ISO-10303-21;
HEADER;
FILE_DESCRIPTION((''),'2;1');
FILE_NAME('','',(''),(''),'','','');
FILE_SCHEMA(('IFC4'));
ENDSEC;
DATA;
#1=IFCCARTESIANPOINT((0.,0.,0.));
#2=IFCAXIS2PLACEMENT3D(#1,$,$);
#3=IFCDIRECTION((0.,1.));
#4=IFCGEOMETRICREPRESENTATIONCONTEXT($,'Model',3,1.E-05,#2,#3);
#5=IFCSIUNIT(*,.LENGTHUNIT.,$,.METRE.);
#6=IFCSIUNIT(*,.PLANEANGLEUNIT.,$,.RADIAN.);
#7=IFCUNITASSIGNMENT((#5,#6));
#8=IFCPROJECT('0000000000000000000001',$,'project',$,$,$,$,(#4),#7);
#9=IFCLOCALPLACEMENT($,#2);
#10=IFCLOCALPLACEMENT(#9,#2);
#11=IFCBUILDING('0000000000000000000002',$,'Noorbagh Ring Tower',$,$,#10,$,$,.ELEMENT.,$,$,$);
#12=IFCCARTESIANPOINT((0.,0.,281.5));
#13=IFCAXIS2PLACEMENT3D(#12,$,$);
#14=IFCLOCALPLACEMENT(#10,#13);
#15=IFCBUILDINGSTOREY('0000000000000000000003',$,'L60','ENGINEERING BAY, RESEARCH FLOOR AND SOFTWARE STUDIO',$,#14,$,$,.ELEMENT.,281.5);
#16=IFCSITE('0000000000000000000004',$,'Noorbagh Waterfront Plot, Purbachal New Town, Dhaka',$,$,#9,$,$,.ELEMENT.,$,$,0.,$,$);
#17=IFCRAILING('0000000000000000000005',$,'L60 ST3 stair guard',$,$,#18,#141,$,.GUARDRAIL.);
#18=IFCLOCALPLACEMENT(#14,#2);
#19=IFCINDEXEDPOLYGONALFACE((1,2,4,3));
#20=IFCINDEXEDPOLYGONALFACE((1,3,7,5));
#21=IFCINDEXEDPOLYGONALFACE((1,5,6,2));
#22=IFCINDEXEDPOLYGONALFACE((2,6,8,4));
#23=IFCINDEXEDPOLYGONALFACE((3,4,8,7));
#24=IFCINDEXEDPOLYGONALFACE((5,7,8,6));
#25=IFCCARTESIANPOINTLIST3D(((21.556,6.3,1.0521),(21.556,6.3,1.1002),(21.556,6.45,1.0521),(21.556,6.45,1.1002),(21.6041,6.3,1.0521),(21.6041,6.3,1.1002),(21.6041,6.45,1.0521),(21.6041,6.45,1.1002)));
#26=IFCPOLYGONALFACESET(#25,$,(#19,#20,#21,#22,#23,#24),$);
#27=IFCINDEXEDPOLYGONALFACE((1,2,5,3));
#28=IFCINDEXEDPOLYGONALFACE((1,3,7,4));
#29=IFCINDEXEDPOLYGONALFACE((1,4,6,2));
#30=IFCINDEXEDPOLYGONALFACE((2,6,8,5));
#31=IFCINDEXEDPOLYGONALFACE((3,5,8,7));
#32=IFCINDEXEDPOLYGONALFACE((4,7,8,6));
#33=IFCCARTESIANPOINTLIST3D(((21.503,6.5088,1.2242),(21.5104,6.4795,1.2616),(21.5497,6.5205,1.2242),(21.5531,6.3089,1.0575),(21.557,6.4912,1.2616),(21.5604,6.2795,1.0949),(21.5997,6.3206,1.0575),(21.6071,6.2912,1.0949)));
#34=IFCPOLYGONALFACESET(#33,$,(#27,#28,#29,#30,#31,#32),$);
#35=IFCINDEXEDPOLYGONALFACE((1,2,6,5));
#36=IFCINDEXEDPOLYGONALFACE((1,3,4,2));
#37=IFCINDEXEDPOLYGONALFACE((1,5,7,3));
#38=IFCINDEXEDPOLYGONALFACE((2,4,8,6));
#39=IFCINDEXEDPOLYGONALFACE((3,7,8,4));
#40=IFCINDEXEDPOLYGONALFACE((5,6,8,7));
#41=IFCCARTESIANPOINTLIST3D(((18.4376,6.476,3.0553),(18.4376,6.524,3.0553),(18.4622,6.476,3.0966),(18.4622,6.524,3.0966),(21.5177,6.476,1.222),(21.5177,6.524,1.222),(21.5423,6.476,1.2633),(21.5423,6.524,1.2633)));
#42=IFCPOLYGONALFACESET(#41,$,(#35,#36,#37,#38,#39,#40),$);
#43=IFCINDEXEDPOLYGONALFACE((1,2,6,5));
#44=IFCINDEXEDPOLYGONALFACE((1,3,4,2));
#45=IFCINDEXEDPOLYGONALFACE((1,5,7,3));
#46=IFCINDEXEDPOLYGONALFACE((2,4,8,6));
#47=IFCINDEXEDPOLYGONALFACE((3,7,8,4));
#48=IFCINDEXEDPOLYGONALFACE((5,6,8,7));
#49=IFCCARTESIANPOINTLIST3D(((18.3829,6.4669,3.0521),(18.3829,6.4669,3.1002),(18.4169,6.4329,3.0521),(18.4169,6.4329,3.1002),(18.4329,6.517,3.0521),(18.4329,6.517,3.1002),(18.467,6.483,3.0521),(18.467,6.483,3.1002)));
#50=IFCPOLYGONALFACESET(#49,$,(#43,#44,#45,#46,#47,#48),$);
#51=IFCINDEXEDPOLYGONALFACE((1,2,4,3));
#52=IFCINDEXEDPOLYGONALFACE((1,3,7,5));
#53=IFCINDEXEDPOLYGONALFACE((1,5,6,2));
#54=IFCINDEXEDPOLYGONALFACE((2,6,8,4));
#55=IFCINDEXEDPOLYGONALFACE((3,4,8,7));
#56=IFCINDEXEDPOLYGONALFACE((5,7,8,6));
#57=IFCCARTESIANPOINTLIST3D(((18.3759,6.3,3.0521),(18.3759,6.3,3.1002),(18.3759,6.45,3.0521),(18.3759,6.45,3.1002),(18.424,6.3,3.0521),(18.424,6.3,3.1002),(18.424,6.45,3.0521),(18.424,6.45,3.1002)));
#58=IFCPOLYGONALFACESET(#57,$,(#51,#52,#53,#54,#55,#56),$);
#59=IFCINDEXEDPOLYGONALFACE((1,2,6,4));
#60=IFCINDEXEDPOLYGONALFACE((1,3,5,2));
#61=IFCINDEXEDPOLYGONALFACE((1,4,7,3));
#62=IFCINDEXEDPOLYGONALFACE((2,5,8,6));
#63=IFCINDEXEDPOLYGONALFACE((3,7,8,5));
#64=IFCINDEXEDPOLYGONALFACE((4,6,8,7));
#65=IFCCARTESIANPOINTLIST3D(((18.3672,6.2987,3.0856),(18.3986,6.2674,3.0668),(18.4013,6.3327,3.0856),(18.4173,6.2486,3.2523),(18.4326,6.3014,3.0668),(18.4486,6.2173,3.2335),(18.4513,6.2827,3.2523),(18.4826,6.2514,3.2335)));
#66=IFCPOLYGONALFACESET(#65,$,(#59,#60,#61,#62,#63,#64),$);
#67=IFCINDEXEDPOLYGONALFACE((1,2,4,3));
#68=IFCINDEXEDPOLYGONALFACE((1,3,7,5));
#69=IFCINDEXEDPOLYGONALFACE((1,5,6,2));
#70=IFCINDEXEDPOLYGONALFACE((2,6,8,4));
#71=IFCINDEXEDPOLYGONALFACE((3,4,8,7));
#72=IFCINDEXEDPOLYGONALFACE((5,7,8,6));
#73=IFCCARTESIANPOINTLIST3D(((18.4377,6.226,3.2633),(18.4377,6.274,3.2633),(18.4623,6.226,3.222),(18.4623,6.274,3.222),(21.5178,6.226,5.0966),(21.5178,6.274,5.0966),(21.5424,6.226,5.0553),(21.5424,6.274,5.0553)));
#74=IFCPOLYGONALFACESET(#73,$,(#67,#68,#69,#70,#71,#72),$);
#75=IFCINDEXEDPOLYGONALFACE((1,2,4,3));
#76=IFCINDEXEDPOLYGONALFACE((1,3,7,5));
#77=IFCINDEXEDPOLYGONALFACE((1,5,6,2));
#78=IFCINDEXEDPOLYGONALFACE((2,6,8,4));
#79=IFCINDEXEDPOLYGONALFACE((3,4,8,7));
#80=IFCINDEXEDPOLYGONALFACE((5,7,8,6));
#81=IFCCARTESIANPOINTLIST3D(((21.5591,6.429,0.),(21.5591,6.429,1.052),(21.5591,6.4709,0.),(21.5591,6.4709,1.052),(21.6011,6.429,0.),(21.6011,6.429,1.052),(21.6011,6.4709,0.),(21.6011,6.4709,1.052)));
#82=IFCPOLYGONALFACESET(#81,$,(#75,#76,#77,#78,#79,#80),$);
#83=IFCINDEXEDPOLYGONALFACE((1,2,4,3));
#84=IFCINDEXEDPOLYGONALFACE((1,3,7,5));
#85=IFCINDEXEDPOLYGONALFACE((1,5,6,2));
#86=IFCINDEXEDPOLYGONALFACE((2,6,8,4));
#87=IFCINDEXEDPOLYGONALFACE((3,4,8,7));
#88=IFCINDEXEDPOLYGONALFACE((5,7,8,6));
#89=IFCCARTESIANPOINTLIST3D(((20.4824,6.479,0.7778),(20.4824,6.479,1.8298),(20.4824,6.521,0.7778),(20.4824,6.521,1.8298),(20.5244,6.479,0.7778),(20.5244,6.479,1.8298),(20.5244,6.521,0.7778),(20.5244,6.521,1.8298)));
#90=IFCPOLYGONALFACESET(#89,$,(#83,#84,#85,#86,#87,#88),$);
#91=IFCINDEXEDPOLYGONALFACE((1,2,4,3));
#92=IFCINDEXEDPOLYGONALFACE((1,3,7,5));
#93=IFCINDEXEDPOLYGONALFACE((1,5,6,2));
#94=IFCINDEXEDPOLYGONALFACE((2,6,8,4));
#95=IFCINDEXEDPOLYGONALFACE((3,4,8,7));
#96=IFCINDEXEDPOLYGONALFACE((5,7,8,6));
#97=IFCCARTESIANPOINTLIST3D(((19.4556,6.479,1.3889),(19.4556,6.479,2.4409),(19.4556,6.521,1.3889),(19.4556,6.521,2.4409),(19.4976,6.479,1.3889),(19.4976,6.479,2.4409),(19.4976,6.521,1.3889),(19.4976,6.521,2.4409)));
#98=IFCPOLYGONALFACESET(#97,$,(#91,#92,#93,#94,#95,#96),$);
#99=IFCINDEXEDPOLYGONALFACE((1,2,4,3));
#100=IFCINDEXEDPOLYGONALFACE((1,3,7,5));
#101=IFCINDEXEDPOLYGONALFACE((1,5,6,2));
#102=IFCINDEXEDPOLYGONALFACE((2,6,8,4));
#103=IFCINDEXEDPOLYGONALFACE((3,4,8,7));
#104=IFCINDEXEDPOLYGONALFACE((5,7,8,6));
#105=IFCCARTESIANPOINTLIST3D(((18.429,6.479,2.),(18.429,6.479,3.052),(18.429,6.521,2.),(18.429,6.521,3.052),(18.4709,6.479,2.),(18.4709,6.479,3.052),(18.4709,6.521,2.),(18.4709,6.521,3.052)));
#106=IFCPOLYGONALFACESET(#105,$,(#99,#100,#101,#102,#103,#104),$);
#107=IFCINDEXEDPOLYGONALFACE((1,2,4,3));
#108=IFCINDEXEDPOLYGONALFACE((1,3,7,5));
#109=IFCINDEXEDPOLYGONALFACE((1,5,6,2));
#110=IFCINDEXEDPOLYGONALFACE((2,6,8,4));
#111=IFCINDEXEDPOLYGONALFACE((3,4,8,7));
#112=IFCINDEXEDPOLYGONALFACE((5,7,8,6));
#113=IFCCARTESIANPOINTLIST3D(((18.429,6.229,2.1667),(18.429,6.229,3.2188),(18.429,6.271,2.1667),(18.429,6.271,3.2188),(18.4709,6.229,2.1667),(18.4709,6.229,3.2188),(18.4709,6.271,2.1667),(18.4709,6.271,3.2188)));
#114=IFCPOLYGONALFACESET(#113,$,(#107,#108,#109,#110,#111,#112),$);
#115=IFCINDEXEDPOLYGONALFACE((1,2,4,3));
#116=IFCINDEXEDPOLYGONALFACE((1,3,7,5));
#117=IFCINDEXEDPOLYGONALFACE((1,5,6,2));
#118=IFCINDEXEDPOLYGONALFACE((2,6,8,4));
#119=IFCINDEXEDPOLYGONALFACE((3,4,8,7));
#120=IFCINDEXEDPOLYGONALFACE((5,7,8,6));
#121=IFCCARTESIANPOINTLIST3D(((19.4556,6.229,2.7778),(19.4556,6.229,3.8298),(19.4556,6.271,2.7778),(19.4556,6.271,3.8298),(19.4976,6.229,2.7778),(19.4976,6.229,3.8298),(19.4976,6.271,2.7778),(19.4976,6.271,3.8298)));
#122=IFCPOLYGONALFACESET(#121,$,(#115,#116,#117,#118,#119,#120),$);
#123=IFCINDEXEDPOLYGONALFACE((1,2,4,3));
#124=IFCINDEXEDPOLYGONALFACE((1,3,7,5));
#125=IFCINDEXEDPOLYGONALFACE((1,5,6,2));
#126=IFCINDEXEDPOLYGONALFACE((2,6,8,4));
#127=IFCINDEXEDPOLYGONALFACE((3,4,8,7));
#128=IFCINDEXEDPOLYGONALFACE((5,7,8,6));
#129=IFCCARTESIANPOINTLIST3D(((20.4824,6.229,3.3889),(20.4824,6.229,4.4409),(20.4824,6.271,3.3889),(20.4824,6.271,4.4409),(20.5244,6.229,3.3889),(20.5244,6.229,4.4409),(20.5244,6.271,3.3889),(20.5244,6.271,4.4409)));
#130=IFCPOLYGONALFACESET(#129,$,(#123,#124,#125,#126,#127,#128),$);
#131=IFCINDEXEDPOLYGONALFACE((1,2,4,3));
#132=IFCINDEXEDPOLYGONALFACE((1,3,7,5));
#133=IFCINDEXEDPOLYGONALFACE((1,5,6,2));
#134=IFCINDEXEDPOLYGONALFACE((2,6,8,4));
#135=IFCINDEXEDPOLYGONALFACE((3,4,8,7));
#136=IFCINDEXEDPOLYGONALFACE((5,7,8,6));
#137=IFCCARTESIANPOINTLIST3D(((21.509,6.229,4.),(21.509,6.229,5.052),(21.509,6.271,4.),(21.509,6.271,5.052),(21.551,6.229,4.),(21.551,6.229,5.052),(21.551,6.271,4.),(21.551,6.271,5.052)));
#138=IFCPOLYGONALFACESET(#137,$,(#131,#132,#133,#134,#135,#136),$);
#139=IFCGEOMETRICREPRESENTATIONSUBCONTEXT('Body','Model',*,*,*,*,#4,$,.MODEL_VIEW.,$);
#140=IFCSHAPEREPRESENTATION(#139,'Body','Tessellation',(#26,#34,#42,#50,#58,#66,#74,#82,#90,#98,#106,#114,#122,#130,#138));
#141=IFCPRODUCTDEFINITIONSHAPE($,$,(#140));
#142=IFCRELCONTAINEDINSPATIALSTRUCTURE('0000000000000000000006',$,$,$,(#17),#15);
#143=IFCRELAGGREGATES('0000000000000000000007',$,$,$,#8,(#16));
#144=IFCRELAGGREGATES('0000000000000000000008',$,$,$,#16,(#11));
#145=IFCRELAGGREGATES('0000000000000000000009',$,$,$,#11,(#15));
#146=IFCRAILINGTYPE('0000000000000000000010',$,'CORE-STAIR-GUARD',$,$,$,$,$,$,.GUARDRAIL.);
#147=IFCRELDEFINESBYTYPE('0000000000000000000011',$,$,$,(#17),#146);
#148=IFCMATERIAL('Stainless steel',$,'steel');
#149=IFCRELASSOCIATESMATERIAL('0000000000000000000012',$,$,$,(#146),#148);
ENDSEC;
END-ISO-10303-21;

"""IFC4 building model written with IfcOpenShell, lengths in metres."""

from ifc_helpers import new_model, si_unit, direction, frame, origin, origin_2d, place, context, subcontext, project, spatial, rectangle, extrude, material, type_object, element, save


model = new_model("IFC4")

# Units and contexts
model_context = context("Model", 3, precision=1e-05, world=origin(), true_north=direction((0.0, 1.0)))
body_context = subcontext(model_context, "Body", "Model", "MODEL_VIEW")
ifc_project = project(units=[si_unit("LENGTHUNIT", "METRE"), si_unit("PLANEANGLEUNIT", "RADIAN")], contexts=[model_context])

# Site, building, storey
site_placement = place(None, origin())
site = spatial("IfcSite", under=ifc_project, at=site_placement, Name="Noorbagh Waterfront Plot, Purbachal New Town, Dhaka", CompositionType="ELEMENT", RefElevation=0.0)
building_placement = place(site_placement, origin())
building = spatial("IfcBuilding", under=site, at=building_placement, Name="Noorbagh Ring Tower", CompositionType="ELEMENT")
storey_placement = place(building_placement, frame((0.0, 0.0, 281.5)))
storey = spatial("IfcBuildingStorey", under=building, at=storey_placement, Name="L60", Description="ENGINEERING BAY, RESEARCH FLOOR AND SOFTWARE STUDIO", CompositionType="ELEMENT", Elevation=281.5)

# Railing
ifc_material_1 = material(Name="Stainless steel", Category="steel")
railing_type_1 = type_object("IfcRailingType", Name="CORE-STAIR-GUARD", PredefinedType="GUARDRAIL", material=ifc_material_1)
railing_1_placement = place(storey_placement, frame((21.5801, 6.45, 0.0)))
element("IfcRailing", 1, at=railing_1_placement, inside=storey, type_object=railing_type_1, Name="L60 ST3 stair guard", PredefinedType="GUARDRAIL", context=body_context, shape_type="SweptSolid", body=[
    extrude(rectangle(XDim=0.0481, YDim=0.0481, at=origin_2d()), frame((0.0, 0.0, 1.0762), z_axis=(0.0, -1.0, 0.0), x_axis=(1.0, 0.0, 0.0)), (0.0, 0.0, 1.0), 0.1499),
    extrude(rectangle(XDim=0.0481, YDim=0.0481, at=origin_2d()), frame((0.0, -0.1499, 1.0762), z_axis=(-0.188776, 0.754182, 0.628946), x_axis=(-0.970073, -0.242814, 0.0)), (0.0, 0.0, 1.0), 0.2651),
    extrude(rectangle(XDim=0.0481, YDim=0.0481, at=origin_2d()), frame((-0.05, 0.05, 1.2427), z_axis=(-0.859309, 0.0, 0.511458), x_axis=(0.0, -1.0, 0.0)), (0.0, 0.0, 1.0), 3.5845),
    extrude(rectangle(XDim=0.0481, YDim=0.0481, at=origin_2d()), frame((-3.1301, 0.05, 3.0762), z_axis=(-0.707107, -0.707107, 0.0), x_axis=(0.707107, -0.707107, 0.0)), (0.0, 0.0, 1.0), 0.0708),
    extrude(rectangle(XDim=0.0481, YDim=0.0481, at=origin_2d()), frame((-3.1802, 0.0, 3.0762), z_axis=(0.0, -1.0, 0.0), x_axis=(1.0, 0.0, 0.0)), (0.0, 0.0, 1.0), 0.1499),
    extrude(rectangle(XDim=0.0481, YDim=0.0481, at=origin_2d()), frame((-3.1802, -0.1499, 3.0762), z_axis=(0.276287, -0.276287, 0.920506), x_axis=(0.707107, 0.707107, 0.0)), (0.0, 0.0, 1.0), 0.1812),
    extrude(rectangle(XDim=0.0481, YDim=0.0481, at=origin_2d()), frame((-3.1301, -0.2, 3.2427), z_axis=(0.859309, 0.0, 0.511458), x_axis=(0.0, 1.0, 0.0)), (0.0, 0.0, 1.0), 3.5845),
    extrude(rectangle(XDim=0.042, YDim=0.042, at=origin_2d()), origin(), (0.0, 0.0, 1.0), 1.052),
    extrude(rectangle(XDim=0.042, YDim=0.042, at=origin_2d()), frame((-1.0767, 0.05, 0.7778)), (0.0, 0.0, 1.0), 1.052),
    extrude(rectangle(XDim=0.042, YDim=0.042, at=origin_2d()), frame((-2.1035, 0.05, 1.3889)), (0.0, 0.0, 1.0), 1.052),
    extrude(rectangle(XDim=0.042, YDim=0.042, at=origin_2d()), frame((-3.1301, 0.05, 2.0)), (0.0, 0.0, 1.0), 1.052),
    extrude(rectangle(XDim=0.042, YDim=0.042, at=origin_2d()), frame((-3.1301, -0.2, 2.1667)), (0.0, 0.0, 1.0), 1.052),
    extrude(rectangle(XDim=0.042, YDim=0.042, at=origin_2d()), frame((-2.1035, -0.2, 2.7778)), (0.0, 0.0, 1.0), 1.052),
    extrude(rectangle(XDim=0.042, YDim=0.042, at=origin_2d()), frame((-1.0767, -0.2, 3.3889)), (0.0, 0.0, 1.0), 1.052),
    extrude(rectangle(XDim=0.042, YDim=0.042, at=origin_2d()), frame((-0.05, -0.2, 4.0)), (0.0, 0.0, 1.0), 1.052),
])

save(model, "model.ifc")
